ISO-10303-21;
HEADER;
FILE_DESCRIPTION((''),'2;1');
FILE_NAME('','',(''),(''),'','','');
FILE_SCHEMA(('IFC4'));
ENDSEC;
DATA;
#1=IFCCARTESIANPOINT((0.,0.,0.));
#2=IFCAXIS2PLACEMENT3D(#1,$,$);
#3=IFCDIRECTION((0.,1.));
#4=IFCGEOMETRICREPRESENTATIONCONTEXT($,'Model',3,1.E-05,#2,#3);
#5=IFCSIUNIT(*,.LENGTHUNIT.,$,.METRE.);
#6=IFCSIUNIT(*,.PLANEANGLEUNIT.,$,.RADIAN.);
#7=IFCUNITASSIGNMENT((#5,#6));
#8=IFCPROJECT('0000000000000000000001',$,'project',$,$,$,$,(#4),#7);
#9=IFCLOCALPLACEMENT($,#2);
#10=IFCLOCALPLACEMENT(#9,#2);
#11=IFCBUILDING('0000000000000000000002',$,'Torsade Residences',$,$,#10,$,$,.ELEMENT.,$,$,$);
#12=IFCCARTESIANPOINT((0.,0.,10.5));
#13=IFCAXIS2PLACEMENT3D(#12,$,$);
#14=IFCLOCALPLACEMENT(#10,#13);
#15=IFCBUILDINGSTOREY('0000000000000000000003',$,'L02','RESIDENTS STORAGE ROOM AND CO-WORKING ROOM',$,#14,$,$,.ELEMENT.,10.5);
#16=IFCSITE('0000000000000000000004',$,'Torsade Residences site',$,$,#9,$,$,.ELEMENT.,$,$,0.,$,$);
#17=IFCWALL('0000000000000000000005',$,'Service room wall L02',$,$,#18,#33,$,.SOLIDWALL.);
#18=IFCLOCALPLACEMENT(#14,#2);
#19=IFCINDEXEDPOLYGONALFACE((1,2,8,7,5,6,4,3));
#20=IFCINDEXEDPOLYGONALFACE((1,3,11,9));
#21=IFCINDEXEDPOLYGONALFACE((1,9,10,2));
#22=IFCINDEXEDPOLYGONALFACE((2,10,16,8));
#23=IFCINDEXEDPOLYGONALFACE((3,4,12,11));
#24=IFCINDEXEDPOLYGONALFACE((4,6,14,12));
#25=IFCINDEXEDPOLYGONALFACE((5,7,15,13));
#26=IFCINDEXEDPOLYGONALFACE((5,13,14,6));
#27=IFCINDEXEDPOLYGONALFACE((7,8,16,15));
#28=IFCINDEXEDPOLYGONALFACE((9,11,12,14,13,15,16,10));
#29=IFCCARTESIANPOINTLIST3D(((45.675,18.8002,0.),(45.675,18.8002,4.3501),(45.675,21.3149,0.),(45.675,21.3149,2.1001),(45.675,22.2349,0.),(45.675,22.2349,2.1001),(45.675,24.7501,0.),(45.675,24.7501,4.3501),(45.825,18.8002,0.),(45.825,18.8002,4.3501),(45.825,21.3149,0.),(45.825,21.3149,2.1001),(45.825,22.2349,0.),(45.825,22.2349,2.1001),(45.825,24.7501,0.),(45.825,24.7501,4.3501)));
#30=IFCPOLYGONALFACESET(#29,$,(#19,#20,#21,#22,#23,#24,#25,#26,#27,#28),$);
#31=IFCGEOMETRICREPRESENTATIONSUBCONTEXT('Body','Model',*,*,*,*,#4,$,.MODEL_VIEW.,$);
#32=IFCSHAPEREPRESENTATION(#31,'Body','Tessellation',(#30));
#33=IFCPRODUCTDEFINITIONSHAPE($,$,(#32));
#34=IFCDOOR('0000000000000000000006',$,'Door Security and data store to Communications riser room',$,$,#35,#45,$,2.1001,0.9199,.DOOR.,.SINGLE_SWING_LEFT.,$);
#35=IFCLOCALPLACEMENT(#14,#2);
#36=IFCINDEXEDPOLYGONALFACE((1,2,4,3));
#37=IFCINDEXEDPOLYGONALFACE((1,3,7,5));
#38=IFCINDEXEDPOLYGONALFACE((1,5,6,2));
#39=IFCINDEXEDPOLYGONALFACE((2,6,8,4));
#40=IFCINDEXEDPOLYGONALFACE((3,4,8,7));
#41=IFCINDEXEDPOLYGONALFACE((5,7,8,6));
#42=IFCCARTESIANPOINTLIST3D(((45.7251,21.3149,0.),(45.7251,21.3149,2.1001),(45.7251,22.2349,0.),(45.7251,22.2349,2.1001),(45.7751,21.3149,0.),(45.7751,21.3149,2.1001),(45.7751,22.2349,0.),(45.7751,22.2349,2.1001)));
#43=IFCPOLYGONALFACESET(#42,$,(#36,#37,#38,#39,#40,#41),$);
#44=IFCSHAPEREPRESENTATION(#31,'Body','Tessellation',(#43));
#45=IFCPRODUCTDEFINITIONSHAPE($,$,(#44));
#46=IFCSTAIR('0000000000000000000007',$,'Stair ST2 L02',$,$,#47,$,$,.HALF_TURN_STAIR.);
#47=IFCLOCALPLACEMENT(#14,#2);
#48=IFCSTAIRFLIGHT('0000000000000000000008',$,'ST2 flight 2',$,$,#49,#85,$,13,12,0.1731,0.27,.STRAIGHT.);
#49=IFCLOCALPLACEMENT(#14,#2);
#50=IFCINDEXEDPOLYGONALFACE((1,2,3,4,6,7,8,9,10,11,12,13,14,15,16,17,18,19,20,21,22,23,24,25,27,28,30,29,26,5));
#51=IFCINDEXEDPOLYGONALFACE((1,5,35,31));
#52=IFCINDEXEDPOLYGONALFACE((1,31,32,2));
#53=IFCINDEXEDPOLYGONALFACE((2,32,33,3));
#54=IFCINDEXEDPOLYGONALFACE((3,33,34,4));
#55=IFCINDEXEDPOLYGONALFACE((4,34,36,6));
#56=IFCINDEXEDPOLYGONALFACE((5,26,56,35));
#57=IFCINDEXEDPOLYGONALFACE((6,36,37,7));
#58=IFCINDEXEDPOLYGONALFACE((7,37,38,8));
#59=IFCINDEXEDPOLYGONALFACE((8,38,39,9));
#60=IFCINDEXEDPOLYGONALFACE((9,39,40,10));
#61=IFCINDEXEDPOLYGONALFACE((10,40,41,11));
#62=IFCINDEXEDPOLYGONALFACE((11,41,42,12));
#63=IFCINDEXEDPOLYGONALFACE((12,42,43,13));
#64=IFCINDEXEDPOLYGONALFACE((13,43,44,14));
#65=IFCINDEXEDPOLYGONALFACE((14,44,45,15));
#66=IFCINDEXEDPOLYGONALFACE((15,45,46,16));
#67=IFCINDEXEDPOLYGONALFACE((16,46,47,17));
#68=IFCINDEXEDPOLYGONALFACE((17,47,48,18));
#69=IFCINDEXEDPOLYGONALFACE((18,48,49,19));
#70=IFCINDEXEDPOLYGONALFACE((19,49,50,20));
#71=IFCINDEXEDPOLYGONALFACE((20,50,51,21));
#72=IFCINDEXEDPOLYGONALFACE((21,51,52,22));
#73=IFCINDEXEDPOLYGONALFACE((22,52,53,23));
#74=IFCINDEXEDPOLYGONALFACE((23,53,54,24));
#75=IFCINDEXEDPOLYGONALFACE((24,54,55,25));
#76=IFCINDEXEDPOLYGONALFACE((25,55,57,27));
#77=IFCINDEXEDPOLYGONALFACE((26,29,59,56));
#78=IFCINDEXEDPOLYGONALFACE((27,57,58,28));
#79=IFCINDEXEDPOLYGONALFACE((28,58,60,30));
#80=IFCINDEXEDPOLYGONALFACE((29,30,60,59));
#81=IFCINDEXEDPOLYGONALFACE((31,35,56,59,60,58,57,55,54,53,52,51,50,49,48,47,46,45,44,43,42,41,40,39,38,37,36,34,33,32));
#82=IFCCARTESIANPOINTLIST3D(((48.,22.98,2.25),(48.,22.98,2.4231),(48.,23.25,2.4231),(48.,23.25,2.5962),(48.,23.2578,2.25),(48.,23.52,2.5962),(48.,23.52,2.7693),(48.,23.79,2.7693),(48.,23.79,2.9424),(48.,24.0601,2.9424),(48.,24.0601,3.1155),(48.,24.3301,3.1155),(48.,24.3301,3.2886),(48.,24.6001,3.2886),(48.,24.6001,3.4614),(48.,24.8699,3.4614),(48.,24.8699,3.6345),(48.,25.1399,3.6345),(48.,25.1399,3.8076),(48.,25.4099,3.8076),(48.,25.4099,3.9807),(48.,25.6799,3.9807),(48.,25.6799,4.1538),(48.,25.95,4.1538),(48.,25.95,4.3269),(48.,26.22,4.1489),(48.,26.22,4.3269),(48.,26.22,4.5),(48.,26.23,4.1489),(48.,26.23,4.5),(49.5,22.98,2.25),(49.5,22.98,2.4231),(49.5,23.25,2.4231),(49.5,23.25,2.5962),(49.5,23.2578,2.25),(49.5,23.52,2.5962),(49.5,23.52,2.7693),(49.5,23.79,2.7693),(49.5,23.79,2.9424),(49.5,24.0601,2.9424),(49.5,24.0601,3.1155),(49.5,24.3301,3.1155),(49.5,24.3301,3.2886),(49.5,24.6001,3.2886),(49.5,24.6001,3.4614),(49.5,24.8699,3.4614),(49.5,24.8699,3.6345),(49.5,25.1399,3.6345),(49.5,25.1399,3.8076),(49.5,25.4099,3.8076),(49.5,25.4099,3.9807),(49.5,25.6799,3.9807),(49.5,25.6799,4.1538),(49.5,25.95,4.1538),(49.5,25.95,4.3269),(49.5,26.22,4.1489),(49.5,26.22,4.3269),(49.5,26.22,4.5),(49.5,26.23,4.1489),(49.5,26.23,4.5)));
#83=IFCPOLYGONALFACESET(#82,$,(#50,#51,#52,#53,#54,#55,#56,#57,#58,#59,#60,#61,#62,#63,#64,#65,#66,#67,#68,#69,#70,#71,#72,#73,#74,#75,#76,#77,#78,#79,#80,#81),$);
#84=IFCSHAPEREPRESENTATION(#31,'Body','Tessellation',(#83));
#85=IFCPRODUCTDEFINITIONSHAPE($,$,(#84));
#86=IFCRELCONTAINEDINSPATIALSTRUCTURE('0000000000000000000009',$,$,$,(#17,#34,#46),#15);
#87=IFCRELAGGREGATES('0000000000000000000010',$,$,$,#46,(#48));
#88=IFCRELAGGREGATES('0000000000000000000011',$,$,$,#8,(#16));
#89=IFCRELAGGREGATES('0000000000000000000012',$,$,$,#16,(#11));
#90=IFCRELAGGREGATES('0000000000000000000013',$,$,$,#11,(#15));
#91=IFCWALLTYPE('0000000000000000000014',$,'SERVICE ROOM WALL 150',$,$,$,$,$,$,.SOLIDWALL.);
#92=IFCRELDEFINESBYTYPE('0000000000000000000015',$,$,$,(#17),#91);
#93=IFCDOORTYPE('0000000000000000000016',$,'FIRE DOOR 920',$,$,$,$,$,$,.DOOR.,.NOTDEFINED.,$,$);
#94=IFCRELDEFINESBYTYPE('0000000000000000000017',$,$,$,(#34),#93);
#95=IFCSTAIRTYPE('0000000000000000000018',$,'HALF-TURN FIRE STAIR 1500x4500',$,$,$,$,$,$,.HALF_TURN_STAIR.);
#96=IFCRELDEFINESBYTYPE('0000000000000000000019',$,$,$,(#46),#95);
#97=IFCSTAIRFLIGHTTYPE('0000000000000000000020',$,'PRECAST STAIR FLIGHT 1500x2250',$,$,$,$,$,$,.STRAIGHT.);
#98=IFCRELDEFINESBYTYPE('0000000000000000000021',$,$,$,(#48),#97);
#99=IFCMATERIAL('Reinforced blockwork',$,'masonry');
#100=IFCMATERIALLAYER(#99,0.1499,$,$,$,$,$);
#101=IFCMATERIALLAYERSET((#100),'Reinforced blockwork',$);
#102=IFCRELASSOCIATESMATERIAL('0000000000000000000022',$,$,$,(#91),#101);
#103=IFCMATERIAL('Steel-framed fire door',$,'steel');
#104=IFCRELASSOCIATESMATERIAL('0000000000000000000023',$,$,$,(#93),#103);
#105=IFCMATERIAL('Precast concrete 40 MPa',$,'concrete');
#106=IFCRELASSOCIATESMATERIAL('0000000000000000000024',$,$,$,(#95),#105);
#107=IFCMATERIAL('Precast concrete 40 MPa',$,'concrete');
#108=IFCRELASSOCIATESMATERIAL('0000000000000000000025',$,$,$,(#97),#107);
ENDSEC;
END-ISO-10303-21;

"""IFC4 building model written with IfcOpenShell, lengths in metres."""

from ifc_helpers import new_model, si_unit, direction, frame, frame_2d, origin, place, context, subcontext, project, spatial, polyline, rectangle, outline, extrude, material, layer, layer_set, type_object, element, fill, aggregate, save


model = new_model("IFC4")

# Units and contexts
model_context = context("Model", 3, precision=1e-05, world=origin(), true_north=direction((0.0, 1.0)))
body_context = subcontext(model_context, "Body", "Model", "MODEL_VIEW")
ifc_project = project(units=[si_unit("LENGTHUNIT", "METRE"), si_unit("PLANEANGLEUNIT", "RADIAN")], contexts=[model_context])

# Site, building, storey
site_placement = place(None, origin())
site = spatial("IfcSite", under=ifc_project, at=site_placement, Name="Torsade Residences site", CompositionType="ELEMENT", RefElevation=0.0)
building_placement = place(site_placement, origin())
building = spatial("IfcBuilding", under=site, at=building_placement, Name="Torsade Residences", CompositionType="ELEMENT")
storey_placement = place(building_placement, frame((0.0, 0.0, 10.5)))
storey = spatial("IfcBuildingStorey", under=building, at=storey_placement, Name="L02", Description="RESIDENTS STORAGE ROOM AND CO-WORKING ROOM", CompositionType="ELEMENT", Elevation=10.5)

# Wall, opening, door
ifc_material_1 = material(Name="Reinforced blockwork", Category="masonry")
ifc_layer_1 = layer(ifc_material_1, 0.1499)
ifc_layer_set_1 = layer_set([ifc_layer_1], Name="Reinforced blockwork")
wall_type_1 = type_object("IfcWallType", Name="SERVICE ROOM WALL 150", PredefinedType="SOLIDWALL", material=ifc_layer_set_1)
wall_1_placement = place(storey_placement, frame((45.75, 18.8, 0.0), z_axis=(0.0, 0.0, 1.0), x_axis=(0.0, 1.0, 0.0)))
wall_1 = element("IfcWall", 1, at=wall_1_placement, inside=storey, type_object=wall_type_1, Name="Service room wall L02", PredefinedType="SOLIDWALL", context=body_context, shape_type="SweptSolid", body=[
    extrude(rectangle(XDim=5.95, YDim=0.1499, at=frame_2d((2.9751, 0.0))), origin(), (0.0, 0.0, 1.0), 4.3501),
])
opening_placement = place(wall_1_placement, frame((2.5149, 0.0, 0.0)))
opening = element("IfcOpeningElement", 2, at=opening_placement, cuts=wall_1, PredefinedType="OPENING", context=body_context, shape_type="SweptSolid", body=[
    extrude(rectangle(XDim=0.9199, YDim=2.1001, at=frame_2d((0.46, 1.05))), frame((0.0, 0.085, 0.0), z_axis=(0.0, -1.0, 0.0), x_axis=(1.0, 0.0, 0.0)), (0.0, 0.0, 1.0), 0.1699),
])
ifc_material_2 = material(Name="Steel-framed fire door", Category="steel")
door_type = type_object("IfcDoorType", Name="FIRE DOOR 920", OperationType="NOTDEFINED", PredefinedType="DOOR", material=ifc_material_2)
door_placement = place(opening_placement, origin())
door = element("IfcDoor", 3, at=door_placement, inside=storey, type_object=door_type, Name="Door Security and data store to Communications riser room", OperationType="SINGLE_SWING_LEFT", OverallHeight=2.1001, OverallWidth=0.9199, PredefinedType="DOOR", context=body_context, shape_type="SweptSolid", body=[
    extrude(rectangle(XDim=0.9199, YDim=2.1001, at=frame_2d((0.46, 1.05))), frame((0.0, 0.0249, 0.0), z_axis=(0.0, -1.0, 0.0), x_axis=(1.0, 0.0, 0.0)), (0.0, 0.0, 1.0), 0.05),
])
fill(opening, door)

# Stair, stair flight
ifc_material_3 = material(Name="Precast concrete 40 MPa", Category="concrete")
stair_type = type_object("IfcStairType", Name="HALF-TURN FIRE STAIR 1500x4500", PredefinedType="HALF_TURN_STAIR", material=ifc_material_3)
stair_placement = place(storey_placement, origin())
stair = element("IfcStair", 4, at=stair_placement, inside=storey, type_object=stair_type, Name="Stair ST2 L02", PredefinedType="HALF_TURN_STAIR")
ifc_material_4 = material(Name="Precast concrete 40 MPa", Category="concrete")
stair_flight_type = type_object("IfcStairFlightType", Name="PRECAST STAIR FLIGHT 1500x2250", PredefinedType="STRAIGHT", material=ifc_material_4)
stair_flight_placement = place(storey_placement, frame((48.75, 22.98, 2.25), z_axis=(0.0, 0.0, 1.0), x_axis=(0.0, 1.0, 0.0)))
stair_flight = element("IfcStairFlight", 5, at=stair_flight_placement, type_object=stair_flight_type, Name="ST2 flight 2", NumberOfRisers=13, NumberOfTreads=12, PredefinedType="STRAIGHT", RiserHeight=0.1731, TreadLength=0.27, context=body_context, shape_type="SweptSolid", body=[
    extrude(outline(polyline([(0.0, 0.0), (0.0, 0.1731), (0.27, 0.1731), (0.27, 0.3462), (0.54, 0.3462), (0.54, 0.5193), (0.8101, 0.5193), (0.8101, 0.6924), (1.0801, 0.6924), (1.0801, 0.8655), (1.3501, 0.8655), (1.3501, 1.0386), (1.6201, 1.0386), (1.6201, 1.2114), (1.8899, 1.2114), (1.8899, 1.3845), (2.1599, 1.3845), (2.1599, 1.5576), (2.4299, 1.5576), (2.4299, 1.7307), (2.7, 1.7307), (2.7, 1.9038), (2.97, 1.9038), (2.97, 2.0769), (3.24, 2.0769), (3.24, 2.25), (3.25, 2.25), (3.25, 1.8989), (3.24, 1.8989), (0.2778, 0.0), (0.0, 0.0)])), frame((0.0, 0.75, 0.0), z_axis=(0.0, -1.0, 0.0), x_axis=(1.0, 0.0, 0.0)), (0.0, 0.0, 1.0), 1.5),
])
aggregate(stair, [stair_flight])

save(model, "model.ifc")
